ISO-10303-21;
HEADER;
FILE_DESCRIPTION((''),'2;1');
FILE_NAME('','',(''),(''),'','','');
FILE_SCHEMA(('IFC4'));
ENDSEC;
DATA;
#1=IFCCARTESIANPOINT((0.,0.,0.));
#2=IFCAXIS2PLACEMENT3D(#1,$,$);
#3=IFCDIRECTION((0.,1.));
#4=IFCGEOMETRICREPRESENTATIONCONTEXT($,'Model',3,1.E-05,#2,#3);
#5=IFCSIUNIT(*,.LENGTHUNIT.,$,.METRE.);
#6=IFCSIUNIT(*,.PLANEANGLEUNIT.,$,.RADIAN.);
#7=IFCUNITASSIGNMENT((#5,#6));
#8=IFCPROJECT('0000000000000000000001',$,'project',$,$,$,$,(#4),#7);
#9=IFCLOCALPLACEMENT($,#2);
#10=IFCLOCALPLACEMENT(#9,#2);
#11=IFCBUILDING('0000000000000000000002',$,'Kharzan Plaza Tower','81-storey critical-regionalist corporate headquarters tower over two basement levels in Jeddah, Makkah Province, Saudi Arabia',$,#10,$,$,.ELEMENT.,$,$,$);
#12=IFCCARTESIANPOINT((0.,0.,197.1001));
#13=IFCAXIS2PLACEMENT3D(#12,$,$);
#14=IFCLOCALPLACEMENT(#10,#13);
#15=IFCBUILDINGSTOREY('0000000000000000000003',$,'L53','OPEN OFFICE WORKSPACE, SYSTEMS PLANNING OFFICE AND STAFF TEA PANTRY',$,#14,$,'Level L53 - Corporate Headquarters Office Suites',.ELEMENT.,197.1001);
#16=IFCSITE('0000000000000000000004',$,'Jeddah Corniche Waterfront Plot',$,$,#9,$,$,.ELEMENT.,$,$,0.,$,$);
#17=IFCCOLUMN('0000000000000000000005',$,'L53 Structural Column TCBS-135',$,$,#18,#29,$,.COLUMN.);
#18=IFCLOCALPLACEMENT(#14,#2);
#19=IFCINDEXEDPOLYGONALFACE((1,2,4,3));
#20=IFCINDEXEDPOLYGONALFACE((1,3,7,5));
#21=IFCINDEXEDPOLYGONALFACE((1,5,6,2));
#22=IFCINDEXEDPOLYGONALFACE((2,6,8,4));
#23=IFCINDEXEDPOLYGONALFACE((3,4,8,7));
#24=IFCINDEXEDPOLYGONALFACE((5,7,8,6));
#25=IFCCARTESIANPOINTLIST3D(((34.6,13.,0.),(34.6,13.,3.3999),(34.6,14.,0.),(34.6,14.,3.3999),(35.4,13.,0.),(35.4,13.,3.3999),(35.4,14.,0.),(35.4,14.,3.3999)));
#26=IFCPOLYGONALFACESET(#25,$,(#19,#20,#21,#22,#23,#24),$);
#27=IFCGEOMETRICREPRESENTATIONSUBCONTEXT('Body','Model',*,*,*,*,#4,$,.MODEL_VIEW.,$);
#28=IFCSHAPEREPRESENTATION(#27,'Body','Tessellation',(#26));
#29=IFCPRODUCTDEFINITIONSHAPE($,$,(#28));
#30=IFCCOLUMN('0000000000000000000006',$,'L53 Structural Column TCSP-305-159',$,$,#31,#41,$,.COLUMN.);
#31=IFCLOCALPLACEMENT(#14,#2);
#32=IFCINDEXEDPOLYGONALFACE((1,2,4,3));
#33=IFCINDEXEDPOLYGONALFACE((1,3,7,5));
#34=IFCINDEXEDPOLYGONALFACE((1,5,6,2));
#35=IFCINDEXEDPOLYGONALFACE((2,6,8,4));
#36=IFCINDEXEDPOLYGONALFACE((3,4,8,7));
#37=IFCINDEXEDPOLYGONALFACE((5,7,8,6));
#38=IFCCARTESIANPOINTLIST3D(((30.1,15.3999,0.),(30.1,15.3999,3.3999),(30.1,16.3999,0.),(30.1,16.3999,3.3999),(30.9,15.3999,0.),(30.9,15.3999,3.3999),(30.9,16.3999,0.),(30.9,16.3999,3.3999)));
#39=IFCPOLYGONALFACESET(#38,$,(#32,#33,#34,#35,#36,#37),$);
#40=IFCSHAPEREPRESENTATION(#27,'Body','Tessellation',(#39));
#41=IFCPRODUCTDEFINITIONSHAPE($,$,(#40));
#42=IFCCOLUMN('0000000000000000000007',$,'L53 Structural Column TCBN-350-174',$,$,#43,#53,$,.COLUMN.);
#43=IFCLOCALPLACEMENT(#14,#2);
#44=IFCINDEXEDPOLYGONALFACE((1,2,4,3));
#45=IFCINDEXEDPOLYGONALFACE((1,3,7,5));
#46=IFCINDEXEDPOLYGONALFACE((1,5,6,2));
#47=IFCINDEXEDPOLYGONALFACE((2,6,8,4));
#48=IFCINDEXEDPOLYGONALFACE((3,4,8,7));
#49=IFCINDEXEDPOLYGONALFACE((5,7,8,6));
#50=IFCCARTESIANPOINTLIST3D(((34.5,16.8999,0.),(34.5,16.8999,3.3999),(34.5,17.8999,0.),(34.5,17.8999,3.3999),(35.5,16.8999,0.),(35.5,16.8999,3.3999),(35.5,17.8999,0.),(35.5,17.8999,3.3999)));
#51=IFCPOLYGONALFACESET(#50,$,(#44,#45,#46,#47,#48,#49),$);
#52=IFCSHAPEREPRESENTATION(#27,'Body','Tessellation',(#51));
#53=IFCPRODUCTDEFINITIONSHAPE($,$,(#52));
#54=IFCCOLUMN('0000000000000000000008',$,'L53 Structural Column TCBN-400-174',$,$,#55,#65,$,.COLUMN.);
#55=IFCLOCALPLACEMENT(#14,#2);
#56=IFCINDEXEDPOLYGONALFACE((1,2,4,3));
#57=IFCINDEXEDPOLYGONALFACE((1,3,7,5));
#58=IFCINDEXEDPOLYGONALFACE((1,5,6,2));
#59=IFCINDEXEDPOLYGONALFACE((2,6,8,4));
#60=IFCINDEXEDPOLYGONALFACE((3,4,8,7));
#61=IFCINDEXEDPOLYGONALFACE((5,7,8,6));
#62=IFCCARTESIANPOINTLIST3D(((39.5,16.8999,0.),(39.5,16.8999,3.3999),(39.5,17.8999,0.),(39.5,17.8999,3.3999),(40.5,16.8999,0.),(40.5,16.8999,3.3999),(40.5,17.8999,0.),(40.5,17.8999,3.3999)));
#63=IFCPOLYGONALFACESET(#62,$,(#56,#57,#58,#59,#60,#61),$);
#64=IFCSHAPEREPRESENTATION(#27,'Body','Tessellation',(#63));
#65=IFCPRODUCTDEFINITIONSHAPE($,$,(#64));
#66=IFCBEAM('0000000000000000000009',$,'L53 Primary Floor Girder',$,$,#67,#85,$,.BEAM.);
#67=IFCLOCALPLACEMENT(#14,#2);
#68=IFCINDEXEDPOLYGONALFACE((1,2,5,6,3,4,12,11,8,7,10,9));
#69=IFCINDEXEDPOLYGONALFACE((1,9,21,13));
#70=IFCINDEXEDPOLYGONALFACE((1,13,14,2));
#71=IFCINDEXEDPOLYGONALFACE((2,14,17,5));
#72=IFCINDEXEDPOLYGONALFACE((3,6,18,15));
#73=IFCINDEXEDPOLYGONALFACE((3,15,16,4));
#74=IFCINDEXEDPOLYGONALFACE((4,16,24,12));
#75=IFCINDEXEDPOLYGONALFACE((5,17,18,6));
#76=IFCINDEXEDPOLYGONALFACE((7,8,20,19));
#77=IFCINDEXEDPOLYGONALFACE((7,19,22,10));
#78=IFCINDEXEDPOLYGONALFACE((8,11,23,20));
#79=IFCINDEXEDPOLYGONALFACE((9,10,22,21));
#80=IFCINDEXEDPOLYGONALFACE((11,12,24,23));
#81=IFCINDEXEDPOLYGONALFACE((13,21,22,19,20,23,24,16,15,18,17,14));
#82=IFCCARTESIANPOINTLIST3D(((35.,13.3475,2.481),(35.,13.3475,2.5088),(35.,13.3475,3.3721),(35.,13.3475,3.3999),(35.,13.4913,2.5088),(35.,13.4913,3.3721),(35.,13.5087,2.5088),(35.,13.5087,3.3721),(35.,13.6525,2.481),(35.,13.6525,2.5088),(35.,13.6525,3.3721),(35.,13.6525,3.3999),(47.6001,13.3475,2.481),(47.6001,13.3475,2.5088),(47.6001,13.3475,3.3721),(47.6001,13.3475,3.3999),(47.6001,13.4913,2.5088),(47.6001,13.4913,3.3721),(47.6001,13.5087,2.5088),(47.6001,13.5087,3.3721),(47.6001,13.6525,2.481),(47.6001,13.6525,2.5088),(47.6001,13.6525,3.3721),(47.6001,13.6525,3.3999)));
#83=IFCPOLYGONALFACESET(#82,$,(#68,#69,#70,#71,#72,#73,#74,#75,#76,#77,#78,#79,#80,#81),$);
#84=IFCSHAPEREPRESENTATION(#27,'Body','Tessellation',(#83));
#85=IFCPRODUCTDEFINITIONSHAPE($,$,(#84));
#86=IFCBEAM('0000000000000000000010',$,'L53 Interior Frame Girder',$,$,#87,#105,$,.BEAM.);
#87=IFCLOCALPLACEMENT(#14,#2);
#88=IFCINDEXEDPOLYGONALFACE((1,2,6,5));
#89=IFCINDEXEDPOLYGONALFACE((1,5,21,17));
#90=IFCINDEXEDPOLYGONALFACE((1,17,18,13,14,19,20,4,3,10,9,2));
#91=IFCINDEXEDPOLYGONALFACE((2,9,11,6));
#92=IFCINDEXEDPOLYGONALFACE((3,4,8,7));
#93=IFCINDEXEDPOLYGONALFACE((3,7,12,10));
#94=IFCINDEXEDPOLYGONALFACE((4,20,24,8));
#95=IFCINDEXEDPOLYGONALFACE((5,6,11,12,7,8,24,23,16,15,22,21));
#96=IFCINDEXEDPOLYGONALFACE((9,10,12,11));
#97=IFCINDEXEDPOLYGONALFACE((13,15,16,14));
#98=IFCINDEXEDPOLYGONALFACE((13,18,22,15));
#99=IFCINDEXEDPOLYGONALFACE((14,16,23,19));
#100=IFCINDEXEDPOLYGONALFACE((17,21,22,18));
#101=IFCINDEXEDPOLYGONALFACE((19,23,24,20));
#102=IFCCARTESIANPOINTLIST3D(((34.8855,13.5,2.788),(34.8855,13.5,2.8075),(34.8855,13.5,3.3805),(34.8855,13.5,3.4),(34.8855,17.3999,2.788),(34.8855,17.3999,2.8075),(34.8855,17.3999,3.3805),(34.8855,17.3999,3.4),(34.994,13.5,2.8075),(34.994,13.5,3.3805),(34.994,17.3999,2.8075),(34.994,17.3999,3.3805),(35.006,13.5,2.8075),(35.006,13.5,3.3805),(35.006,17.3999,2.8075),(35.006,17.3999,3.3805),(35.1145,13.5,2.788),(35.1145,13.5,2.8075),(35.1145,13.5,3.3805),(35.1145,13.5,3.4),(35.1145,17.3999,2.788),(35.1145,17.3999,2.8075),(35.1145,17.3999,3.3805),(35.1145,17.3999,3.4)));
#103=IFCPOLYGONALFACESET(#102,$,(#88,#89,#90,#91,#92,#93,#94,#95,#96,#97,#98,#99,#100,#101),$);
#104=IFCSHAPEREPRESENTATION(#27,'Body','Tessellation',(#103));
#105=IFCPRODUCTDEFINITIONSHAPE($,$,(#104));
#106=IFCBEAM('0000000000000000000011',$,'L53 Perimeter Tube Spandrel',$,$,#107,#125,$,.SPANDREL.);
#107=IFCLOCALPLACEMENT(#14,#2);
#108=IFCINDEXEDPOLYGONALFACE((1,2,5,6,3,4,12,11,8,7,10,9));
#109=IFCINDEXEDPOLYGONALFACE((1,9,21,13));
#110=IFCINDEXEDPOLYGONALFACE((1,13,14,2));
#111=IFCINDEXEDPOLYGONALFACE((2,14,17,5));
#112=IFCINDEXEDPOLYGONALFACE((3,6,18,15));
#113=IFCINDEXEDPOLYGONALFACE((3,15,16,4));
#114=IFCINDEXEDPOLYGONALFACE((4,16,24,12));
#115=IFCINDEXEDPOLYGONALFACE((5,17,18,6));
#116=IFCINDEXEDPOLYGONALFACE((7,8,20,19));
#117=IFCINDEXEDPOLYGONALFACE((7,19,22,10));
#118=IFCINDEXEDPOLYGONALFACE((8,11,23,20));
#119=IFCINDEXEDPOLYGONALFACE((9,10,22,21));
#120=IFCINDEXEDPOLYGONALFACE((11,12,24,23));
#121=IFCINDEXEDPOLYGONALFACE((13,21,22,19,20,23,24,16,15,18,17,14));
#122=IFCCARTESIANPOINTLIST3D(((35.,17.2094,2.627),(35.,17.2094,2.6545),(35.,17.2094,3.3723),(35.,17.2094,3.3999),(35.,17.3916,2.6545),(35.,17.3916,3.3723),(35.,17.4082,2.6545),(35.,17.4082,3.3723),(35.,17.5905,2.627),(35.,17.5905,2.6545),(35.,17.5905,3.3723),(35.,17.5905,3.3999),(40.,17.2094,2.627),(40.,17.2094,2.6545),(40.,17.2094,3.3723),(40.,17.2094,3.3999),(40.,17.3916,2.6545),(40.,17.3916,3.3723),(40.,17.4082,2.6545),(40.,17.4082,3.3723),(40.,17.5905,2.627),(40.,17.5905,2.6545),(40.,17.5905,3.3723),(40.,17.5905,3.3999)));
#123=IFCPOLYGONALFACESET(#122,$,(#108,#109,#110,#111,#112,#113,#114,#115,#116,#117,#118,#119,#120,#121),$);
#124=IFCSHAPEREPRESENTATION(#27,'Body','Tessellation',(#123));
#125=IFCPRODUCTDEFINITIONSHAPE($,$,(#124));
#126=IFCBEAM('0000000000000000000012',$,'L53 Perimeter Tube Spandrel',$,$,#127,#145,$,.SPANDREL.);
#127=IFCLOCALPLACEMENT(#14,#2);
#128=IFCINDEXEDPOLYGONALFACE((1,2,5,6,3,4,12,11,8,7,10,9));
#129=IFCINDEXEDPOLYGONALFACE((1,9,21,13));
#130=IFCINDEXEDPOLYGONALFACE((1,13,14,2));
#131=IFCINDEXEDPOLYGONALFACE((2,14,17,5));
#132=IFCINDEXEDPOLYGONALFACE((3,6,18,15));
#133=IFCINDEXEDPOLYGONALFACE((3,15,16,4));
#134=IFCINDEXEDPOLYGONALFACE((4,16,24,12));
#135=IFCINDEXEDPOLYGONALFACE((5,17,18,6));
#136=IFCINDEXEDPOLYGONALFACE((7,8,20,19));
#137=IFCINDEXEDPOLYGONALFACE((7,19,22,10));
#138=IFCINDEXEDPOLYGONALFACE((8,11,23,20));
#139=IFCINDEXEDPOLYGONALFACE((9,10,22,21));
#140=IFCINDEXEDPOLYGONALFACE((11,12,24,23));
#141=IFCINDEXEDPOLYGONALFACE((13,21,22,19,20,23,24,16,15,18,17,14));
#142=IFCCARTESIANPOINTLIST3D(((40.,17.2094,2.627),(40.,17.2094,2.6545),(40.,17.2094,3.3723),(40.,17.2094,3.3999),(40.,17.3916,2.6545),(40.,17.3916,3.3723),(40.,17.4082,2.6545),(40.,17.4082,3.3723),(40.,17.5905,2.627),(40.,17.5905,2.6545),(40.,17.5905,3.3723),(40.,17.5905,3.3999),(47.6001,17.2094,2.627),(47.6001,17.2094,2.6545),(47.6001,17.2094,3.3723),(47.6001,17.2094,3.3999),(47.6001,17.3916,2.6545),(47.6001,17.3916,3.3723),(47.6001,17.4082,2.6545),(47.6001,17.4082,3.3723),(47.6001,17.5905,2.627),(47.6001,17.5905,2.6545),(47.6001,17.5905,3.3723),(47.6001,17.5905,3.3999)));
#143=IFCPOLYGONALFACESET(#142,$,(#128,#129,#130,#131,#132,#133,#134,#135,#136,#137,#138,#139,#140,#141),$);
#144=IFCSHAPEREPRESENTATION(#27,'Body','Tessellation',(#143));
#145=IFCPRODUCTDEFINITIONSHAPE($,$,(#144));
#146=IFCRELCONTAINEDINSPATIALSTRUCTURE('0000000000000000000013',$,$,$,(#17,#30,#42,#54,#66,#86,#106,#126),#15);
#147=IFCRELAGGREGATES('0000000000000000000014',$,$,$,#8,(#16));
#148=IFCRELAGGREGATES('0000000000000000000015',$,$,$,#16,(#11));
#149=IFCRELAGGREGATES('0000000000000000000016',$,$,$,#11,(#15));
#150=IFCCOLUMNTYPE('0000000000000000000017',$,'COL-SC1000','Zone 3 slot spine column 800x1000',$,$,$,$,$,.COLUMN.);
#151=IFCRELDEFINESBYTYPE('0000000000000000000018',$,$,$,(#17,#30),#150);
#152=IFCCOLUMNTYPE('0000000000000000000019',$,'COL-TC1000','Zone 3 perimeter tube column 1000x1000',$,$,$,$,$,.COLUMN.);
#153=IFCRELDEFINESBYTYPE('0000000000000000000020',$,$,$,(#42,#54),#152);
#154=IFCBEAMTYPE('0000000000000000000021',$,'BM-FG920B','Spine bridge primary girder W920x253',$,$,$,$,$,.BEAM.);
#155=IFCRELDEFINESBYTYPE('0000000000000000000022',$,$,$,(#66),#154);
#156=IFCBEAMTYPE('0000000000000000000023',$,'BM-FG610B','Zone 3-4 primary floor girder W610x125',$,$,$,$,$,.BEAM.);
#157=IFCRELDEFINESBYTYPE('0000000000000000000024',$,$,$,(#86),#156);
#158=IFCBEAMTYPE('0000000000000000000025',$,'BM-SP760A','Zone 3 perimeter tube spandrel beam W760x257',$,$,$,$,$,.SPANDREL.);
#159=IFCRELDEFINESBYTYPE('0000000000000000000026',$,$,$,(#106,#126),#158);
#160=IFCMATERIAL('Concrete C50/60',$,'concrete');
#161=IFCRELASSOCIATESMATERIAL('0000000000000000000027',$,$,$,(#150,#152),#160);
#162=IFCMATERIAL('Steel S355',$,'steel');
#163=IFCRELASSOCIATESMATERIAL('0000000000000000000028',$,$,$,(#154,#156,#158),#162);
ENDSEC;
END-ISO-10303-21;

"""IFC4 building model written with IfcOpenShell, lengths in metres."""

from ifc_helpers import new_model, si_unit, direction, frame, origin, origin_2d, place, context, subcontext, project, spatial, rectangle, i_section, extrude, source, transform, mapped, material, material_profile, profile_set, type_object, element, save


model = new_model("IFC4")

# Units and contexts
model_context = context("Model", 3, precision=1e-05, world=origin(), true_north=direction((0.0, 1.0)))
body_context = subcontext(model_context, "Body", "Model", "MODEL_VIEW")
ifc_project = project(units=[si_unit("LENGTHUNIT", "METRE"), si_unit("PLANEANGLEUNIT", "RADIAN")], contexts=[model_context])

# Site, building, storey
site_placement = place(None, origin())
site = spatial("IfcSite", under=ifc_project, at=site_placement, Name="Jeddah Corniche Waterfront Plot", CompositionType="ELEMENT", RefElevation=0.0)
building_placement = place(site_placement, origin())
building = spatial("IfcBuilding", under=site, at=building_placement, Name="Kharzan Plaza Tower", Description="81-storey critical-regionalist corporate headquarters tower over two basement levels in Jeddah, Makkah Province, Saudi Arabia", CompositionType="ELEMENT")
storey_placement = place(building_placement, frame((0.0, 0.0, 197.1001)))
storey = spatial("IfcBuildingStorey", under=building, at=storey_placement, Name="L53", Description="OPEN OFFICE WORKSPACE, SYSTEMS PLANNING OFFICE AND STAFF TEA PANTRY", LongName="Level L53 - Corporate Headquarters Office Suites", CompositionType="ELEMENT", Elevation=197.1001)

# Columns
ifc_material_1 = material(Name="Concrete C50/60", Category="concrete")
ifc_material_profile_1 = material_profile(ifc_material_1, rectangle(XDim=0.8, YDim=1.0, at=origin_2d()), Name="RC-SC1000x800")
ifc_profile_set_1 = profile_set([ifc_material_profile_1], Name="Concrete C50/60")
column_type_1 = type_object("IfcColumnType", Name="COL-SC1000", Description="Zone 3 slot spine column 800x1000", PredefinedType="COLUMN", material=ifc_profile_set_1)
shared_shape_1 = source(origin(), body_context, "Body", "SweptSolid", [
    extrude(rectangle(XDim=0.8, YDim=1.0, at=origin_2d()), origin(), (0.0, 0.0, 1.0), 3.3999),
])
for number, where, z_axis, x_axis, name in (
    (1, (35.0, 13.5, 0.0), (0.0, 0.0, 1.0), (1.0, 0.0, 0.0), "L53 Structural Column TCBS-135"),
    (2, (30.5, 15.8999, 0.0), (0.0, 0.0, 1.0), (1.0, 0.0, 0.0), "L53 Structural Column TCSP-305-159"),
):
    element("IfcColumn", number, at=place(storey_placement, frame(where, z_axis=z_axis, x_axis=x_axis)), inside=storey, type_object=column_type_1, Name=name, PredefinedType="COLUMN", context=body_context, shape_type="MappedRepresentation", body=[
        mapped(shared_shape_1, transform((0.0, 0.0, 0.0), x_axis=(1.0, 0.0, 0.0), y_axis=(0.0, 1.0, 0.0), z_axis=(0.0, 0.0, 1.0))),
    ])
ifc_material_profile_2 = material_profile(ifc_material_1, rectangle(XDim=1.0, YDim=1.0, at=origin_2d()), Name="RC-TC1000x1000")
ifc_profile_set_2 = profile_set([ifc_material_profile_2], Name="Concrete C50/60")
column_type_2 = type_object("IfcColumnType", Name="COL-TC1000", Description="Zone 3 perimeter tube column 1000x1000", PredefinedType="COLUMN", material=ifc_profile_set_2)
shared_shape_2 = source(origin(), body_context, "Body", "SweptSolid", [
    extrude(rectangle(XDim=1.0, YDim=1.0, at=origin_2d()), origin(), (0.0, 0.0, 1.0), 3.3999),
])
for number, where, z_axis, x_axis, name in (
    (3, (35.0, 17.3999, 0.0), (0.0, 0.0, 1.0), (1.0, 0.0, 0.0), "L53 Structural Column TCBN-350-174"),
    (4, (40.0, 17.3999, 0.0), (0.0, 0.0, 1.0), (1.0, 0.0, 0.0), "L53 Structural Column TCBN-400-174"),
):
    element("IfcColumn", number, at=place(storey_placement, frame(where, z_axis=z_axis, x_axis=x_axis)), inside=storey, type_object=column_type_2, Name=name, PredefinedType="COLUMN", context=body_context, shape_type="MappedRepresentation", body=[
        mapped(shared_shape_2, transform((0.0, 0.0, 0.0), x_axis=(1.0, 0.0, 0.0), y_axis=(0.0, 1.0, 0.0), z_axis=(0.0, 0.0, 1.0))),
    ])

# Beams
ifc_material_2 = material(Name="Steel S355", Category="steel")
ifc_material_profile_3 = material_profile(ifc_material_2, i_section(OverallWidth=0.3049, OverallDepth=0.9189, WebThickness=0.0173, FlangeThickness=0.0278, at=origin_2d()), Name="W920x253")
ifc_profile_set_3 = profile_set([ifc_material_profile_3], Name="Steel S355")
beam_type_1 = type_object("IfcBeamType", Name="BM-FG920B", Description="Spine bridge primary girder W920x253", PredefinedType="BEAM", material=ifc_profile_set_3)
shared_shape_3 = source(origin(), body_context, "Body", "SweptSolid", [
    extrude(i_section(OverallWidth=0.3049, OverallDepth=0.9189, WebThickness=0.0173, FlangeThickness=0.0278, at=origin_2d()), origin(), (0.0, 0.0, 1.0), 12.6001),
])
beam_1_placement = place(storey_placement, frame((35.0, 13.5, 2.9404), z_axis=(1.0, 0.0, 0.0), x_axis=(0.0, 1.0, 0.0)))
element("IfcBeam", 5, at=beam_1_placement, inside=storey, type_object=beam_type_1, Name="L53 Primary Floor Girder", PredefinedType="BEAM", context=body_context, shape_type="MappedRepresentation", body=[
    mapped(shared_shape_3, transform((0.0, 0.0, 0.0), x_axis=(1.0, 0.0, 0.0), y_axis=(0.0, 1.0, 0.0), z_axis=(0.0, 0.0, 1.0))),
])
ifc_material_profile_4 = material_profile(ifc_material_2, i_section(OverallWidth=0.229, OverallDepth=0.6121, WebThickness=0.012, FlangeThickness=0.0195, at=origin_2d()), Name="W610x125")
ifc_profile_set_4 = profile_set([ifc_material_profile_4], Name="Steel S355")
beam_type_2 = type_object("IfcBeamType", Name="BM-FG610B", Description="Zone 3-4 primary floor girder W610x125", PredefinedType="BEAM", material=ifc_profile_set_4)
shared_shape_4 = source(origin(), body_context, "Body", "SweptSolid", [
    extrude(i_section(OverallWidth=0.229, OverallDepth=0.6121, WebThickness=0.012, FlangeThickness=0.0195, at=origin_2d()), origin(), (0.0, 0.0, 1.0), 3.8999),
])
beam_2_placement = place(storey_placement, frame((35.0, 13.5, 3.094), z_axis=(0.0, 1.0, 0.0), x_axis=(-1.0, 0.0, 0.0)))
element("IfcBeam", 6, at=beam_2_placement, inside=storey, type_object=beam_type_2, Name="L53 Interior Frame Girder", PredefinedType="BEAM", context=body_context, shape_type="MappedRepresentation", body=[
    mapped(shared_shape_4, transform((0.0, 0.0, 0.0), x_axis=(1.0, 0.0, 0.0), y_axis=(0.0, 1.0, 0.0), z_axis=(0.0, 0.0, 1.0))),
])
ifc_material_profile_5 = material_profile(ifc_material_2, i_section(OverallWidth=0.3811, OverallDepth=0.7729, WebThickness=0.0166, FlangeThickness=0.0276, at=origin_2d()), Name="W760x257")
ifc_profile_set_5 = profile_set([ifc_material_profile_5], Name="Steel S355")
beam_type_3 = type_object("IfcBeamType", Name="BM-SP760A", Description="Zone 3 perimeter tube spandrel beam W760x257", PredefinedType="SPANDREL", material=ifc_profile_set_5)
shared_shape_5 = source(origin(), body_context, "Body", "SweptSolid", [
    extrude(i_section(OverallWidth=0.3811, OverallDepth=0.7729, WebThickness=0.0166, FlangeThickness=0.0276, at=origin_2d()), origin(), (0.0, 0.0, 1.0), 5.0),
])
beam_3_placement = place(storey_placement, frame((35.0, 17.3999, 3.0134), z_axis=(1.0, 0.0, 0.0), x_axis=(0.0, 1.0, 0.0)))
element("IfcBeam", 7, at=beam_3_placement, inside=storey, type_object=beam_type_3, Name="L53 Perimeter Tube Spandrel", PredefinedType="SPANDREL", context=body_context, shape_type="MappedRepresentation", body=[
    mapped(shared_shape_5, transform((0.0, 0.0, 0.0), x_axis=(1.0, 0.0, 0.0), y_axis=(0.0, 1.0, 0.0), z_axis=(0.0, 0.0, 1.0))),
])
shared_shape_6 = source(origin(), body_context, "Body", "SweptSolid", [
    extrude(i_section(OverallWidth=0.3811, OverallDepth=0.7729, WebThickness=0.0166, FlangeThickness=0.0276, at=origin_2d()), origin(), (0.0, 0.0, 1.0), 7.6001),
])
beam_4_placement = place(storey_placement, frame((40.0, 17.3999, 3.0134), z_axis=(1.0, 0.0, 0.0), x_axis=(0.0, 1.0, 0.0)))
element("IfcBeam", 8, at=beam_4_placement, inside=storey, type_object=beam_type_3, Name="L53 Perimeter Tube Spandrel", PredefinedType="SPANDREL", context=body_context, shape_type="MappedRepresentation", body=[
    mapped(shared_shape_6, transform((0.0, 0.0, 0.0), x_axis=(1.0, 0.0, 0.0), y_axis=(0.0, 1.0, 0.0), z_axis=(0.0, 0.0, 1.0))),
])

save(model, "model.ifc")
